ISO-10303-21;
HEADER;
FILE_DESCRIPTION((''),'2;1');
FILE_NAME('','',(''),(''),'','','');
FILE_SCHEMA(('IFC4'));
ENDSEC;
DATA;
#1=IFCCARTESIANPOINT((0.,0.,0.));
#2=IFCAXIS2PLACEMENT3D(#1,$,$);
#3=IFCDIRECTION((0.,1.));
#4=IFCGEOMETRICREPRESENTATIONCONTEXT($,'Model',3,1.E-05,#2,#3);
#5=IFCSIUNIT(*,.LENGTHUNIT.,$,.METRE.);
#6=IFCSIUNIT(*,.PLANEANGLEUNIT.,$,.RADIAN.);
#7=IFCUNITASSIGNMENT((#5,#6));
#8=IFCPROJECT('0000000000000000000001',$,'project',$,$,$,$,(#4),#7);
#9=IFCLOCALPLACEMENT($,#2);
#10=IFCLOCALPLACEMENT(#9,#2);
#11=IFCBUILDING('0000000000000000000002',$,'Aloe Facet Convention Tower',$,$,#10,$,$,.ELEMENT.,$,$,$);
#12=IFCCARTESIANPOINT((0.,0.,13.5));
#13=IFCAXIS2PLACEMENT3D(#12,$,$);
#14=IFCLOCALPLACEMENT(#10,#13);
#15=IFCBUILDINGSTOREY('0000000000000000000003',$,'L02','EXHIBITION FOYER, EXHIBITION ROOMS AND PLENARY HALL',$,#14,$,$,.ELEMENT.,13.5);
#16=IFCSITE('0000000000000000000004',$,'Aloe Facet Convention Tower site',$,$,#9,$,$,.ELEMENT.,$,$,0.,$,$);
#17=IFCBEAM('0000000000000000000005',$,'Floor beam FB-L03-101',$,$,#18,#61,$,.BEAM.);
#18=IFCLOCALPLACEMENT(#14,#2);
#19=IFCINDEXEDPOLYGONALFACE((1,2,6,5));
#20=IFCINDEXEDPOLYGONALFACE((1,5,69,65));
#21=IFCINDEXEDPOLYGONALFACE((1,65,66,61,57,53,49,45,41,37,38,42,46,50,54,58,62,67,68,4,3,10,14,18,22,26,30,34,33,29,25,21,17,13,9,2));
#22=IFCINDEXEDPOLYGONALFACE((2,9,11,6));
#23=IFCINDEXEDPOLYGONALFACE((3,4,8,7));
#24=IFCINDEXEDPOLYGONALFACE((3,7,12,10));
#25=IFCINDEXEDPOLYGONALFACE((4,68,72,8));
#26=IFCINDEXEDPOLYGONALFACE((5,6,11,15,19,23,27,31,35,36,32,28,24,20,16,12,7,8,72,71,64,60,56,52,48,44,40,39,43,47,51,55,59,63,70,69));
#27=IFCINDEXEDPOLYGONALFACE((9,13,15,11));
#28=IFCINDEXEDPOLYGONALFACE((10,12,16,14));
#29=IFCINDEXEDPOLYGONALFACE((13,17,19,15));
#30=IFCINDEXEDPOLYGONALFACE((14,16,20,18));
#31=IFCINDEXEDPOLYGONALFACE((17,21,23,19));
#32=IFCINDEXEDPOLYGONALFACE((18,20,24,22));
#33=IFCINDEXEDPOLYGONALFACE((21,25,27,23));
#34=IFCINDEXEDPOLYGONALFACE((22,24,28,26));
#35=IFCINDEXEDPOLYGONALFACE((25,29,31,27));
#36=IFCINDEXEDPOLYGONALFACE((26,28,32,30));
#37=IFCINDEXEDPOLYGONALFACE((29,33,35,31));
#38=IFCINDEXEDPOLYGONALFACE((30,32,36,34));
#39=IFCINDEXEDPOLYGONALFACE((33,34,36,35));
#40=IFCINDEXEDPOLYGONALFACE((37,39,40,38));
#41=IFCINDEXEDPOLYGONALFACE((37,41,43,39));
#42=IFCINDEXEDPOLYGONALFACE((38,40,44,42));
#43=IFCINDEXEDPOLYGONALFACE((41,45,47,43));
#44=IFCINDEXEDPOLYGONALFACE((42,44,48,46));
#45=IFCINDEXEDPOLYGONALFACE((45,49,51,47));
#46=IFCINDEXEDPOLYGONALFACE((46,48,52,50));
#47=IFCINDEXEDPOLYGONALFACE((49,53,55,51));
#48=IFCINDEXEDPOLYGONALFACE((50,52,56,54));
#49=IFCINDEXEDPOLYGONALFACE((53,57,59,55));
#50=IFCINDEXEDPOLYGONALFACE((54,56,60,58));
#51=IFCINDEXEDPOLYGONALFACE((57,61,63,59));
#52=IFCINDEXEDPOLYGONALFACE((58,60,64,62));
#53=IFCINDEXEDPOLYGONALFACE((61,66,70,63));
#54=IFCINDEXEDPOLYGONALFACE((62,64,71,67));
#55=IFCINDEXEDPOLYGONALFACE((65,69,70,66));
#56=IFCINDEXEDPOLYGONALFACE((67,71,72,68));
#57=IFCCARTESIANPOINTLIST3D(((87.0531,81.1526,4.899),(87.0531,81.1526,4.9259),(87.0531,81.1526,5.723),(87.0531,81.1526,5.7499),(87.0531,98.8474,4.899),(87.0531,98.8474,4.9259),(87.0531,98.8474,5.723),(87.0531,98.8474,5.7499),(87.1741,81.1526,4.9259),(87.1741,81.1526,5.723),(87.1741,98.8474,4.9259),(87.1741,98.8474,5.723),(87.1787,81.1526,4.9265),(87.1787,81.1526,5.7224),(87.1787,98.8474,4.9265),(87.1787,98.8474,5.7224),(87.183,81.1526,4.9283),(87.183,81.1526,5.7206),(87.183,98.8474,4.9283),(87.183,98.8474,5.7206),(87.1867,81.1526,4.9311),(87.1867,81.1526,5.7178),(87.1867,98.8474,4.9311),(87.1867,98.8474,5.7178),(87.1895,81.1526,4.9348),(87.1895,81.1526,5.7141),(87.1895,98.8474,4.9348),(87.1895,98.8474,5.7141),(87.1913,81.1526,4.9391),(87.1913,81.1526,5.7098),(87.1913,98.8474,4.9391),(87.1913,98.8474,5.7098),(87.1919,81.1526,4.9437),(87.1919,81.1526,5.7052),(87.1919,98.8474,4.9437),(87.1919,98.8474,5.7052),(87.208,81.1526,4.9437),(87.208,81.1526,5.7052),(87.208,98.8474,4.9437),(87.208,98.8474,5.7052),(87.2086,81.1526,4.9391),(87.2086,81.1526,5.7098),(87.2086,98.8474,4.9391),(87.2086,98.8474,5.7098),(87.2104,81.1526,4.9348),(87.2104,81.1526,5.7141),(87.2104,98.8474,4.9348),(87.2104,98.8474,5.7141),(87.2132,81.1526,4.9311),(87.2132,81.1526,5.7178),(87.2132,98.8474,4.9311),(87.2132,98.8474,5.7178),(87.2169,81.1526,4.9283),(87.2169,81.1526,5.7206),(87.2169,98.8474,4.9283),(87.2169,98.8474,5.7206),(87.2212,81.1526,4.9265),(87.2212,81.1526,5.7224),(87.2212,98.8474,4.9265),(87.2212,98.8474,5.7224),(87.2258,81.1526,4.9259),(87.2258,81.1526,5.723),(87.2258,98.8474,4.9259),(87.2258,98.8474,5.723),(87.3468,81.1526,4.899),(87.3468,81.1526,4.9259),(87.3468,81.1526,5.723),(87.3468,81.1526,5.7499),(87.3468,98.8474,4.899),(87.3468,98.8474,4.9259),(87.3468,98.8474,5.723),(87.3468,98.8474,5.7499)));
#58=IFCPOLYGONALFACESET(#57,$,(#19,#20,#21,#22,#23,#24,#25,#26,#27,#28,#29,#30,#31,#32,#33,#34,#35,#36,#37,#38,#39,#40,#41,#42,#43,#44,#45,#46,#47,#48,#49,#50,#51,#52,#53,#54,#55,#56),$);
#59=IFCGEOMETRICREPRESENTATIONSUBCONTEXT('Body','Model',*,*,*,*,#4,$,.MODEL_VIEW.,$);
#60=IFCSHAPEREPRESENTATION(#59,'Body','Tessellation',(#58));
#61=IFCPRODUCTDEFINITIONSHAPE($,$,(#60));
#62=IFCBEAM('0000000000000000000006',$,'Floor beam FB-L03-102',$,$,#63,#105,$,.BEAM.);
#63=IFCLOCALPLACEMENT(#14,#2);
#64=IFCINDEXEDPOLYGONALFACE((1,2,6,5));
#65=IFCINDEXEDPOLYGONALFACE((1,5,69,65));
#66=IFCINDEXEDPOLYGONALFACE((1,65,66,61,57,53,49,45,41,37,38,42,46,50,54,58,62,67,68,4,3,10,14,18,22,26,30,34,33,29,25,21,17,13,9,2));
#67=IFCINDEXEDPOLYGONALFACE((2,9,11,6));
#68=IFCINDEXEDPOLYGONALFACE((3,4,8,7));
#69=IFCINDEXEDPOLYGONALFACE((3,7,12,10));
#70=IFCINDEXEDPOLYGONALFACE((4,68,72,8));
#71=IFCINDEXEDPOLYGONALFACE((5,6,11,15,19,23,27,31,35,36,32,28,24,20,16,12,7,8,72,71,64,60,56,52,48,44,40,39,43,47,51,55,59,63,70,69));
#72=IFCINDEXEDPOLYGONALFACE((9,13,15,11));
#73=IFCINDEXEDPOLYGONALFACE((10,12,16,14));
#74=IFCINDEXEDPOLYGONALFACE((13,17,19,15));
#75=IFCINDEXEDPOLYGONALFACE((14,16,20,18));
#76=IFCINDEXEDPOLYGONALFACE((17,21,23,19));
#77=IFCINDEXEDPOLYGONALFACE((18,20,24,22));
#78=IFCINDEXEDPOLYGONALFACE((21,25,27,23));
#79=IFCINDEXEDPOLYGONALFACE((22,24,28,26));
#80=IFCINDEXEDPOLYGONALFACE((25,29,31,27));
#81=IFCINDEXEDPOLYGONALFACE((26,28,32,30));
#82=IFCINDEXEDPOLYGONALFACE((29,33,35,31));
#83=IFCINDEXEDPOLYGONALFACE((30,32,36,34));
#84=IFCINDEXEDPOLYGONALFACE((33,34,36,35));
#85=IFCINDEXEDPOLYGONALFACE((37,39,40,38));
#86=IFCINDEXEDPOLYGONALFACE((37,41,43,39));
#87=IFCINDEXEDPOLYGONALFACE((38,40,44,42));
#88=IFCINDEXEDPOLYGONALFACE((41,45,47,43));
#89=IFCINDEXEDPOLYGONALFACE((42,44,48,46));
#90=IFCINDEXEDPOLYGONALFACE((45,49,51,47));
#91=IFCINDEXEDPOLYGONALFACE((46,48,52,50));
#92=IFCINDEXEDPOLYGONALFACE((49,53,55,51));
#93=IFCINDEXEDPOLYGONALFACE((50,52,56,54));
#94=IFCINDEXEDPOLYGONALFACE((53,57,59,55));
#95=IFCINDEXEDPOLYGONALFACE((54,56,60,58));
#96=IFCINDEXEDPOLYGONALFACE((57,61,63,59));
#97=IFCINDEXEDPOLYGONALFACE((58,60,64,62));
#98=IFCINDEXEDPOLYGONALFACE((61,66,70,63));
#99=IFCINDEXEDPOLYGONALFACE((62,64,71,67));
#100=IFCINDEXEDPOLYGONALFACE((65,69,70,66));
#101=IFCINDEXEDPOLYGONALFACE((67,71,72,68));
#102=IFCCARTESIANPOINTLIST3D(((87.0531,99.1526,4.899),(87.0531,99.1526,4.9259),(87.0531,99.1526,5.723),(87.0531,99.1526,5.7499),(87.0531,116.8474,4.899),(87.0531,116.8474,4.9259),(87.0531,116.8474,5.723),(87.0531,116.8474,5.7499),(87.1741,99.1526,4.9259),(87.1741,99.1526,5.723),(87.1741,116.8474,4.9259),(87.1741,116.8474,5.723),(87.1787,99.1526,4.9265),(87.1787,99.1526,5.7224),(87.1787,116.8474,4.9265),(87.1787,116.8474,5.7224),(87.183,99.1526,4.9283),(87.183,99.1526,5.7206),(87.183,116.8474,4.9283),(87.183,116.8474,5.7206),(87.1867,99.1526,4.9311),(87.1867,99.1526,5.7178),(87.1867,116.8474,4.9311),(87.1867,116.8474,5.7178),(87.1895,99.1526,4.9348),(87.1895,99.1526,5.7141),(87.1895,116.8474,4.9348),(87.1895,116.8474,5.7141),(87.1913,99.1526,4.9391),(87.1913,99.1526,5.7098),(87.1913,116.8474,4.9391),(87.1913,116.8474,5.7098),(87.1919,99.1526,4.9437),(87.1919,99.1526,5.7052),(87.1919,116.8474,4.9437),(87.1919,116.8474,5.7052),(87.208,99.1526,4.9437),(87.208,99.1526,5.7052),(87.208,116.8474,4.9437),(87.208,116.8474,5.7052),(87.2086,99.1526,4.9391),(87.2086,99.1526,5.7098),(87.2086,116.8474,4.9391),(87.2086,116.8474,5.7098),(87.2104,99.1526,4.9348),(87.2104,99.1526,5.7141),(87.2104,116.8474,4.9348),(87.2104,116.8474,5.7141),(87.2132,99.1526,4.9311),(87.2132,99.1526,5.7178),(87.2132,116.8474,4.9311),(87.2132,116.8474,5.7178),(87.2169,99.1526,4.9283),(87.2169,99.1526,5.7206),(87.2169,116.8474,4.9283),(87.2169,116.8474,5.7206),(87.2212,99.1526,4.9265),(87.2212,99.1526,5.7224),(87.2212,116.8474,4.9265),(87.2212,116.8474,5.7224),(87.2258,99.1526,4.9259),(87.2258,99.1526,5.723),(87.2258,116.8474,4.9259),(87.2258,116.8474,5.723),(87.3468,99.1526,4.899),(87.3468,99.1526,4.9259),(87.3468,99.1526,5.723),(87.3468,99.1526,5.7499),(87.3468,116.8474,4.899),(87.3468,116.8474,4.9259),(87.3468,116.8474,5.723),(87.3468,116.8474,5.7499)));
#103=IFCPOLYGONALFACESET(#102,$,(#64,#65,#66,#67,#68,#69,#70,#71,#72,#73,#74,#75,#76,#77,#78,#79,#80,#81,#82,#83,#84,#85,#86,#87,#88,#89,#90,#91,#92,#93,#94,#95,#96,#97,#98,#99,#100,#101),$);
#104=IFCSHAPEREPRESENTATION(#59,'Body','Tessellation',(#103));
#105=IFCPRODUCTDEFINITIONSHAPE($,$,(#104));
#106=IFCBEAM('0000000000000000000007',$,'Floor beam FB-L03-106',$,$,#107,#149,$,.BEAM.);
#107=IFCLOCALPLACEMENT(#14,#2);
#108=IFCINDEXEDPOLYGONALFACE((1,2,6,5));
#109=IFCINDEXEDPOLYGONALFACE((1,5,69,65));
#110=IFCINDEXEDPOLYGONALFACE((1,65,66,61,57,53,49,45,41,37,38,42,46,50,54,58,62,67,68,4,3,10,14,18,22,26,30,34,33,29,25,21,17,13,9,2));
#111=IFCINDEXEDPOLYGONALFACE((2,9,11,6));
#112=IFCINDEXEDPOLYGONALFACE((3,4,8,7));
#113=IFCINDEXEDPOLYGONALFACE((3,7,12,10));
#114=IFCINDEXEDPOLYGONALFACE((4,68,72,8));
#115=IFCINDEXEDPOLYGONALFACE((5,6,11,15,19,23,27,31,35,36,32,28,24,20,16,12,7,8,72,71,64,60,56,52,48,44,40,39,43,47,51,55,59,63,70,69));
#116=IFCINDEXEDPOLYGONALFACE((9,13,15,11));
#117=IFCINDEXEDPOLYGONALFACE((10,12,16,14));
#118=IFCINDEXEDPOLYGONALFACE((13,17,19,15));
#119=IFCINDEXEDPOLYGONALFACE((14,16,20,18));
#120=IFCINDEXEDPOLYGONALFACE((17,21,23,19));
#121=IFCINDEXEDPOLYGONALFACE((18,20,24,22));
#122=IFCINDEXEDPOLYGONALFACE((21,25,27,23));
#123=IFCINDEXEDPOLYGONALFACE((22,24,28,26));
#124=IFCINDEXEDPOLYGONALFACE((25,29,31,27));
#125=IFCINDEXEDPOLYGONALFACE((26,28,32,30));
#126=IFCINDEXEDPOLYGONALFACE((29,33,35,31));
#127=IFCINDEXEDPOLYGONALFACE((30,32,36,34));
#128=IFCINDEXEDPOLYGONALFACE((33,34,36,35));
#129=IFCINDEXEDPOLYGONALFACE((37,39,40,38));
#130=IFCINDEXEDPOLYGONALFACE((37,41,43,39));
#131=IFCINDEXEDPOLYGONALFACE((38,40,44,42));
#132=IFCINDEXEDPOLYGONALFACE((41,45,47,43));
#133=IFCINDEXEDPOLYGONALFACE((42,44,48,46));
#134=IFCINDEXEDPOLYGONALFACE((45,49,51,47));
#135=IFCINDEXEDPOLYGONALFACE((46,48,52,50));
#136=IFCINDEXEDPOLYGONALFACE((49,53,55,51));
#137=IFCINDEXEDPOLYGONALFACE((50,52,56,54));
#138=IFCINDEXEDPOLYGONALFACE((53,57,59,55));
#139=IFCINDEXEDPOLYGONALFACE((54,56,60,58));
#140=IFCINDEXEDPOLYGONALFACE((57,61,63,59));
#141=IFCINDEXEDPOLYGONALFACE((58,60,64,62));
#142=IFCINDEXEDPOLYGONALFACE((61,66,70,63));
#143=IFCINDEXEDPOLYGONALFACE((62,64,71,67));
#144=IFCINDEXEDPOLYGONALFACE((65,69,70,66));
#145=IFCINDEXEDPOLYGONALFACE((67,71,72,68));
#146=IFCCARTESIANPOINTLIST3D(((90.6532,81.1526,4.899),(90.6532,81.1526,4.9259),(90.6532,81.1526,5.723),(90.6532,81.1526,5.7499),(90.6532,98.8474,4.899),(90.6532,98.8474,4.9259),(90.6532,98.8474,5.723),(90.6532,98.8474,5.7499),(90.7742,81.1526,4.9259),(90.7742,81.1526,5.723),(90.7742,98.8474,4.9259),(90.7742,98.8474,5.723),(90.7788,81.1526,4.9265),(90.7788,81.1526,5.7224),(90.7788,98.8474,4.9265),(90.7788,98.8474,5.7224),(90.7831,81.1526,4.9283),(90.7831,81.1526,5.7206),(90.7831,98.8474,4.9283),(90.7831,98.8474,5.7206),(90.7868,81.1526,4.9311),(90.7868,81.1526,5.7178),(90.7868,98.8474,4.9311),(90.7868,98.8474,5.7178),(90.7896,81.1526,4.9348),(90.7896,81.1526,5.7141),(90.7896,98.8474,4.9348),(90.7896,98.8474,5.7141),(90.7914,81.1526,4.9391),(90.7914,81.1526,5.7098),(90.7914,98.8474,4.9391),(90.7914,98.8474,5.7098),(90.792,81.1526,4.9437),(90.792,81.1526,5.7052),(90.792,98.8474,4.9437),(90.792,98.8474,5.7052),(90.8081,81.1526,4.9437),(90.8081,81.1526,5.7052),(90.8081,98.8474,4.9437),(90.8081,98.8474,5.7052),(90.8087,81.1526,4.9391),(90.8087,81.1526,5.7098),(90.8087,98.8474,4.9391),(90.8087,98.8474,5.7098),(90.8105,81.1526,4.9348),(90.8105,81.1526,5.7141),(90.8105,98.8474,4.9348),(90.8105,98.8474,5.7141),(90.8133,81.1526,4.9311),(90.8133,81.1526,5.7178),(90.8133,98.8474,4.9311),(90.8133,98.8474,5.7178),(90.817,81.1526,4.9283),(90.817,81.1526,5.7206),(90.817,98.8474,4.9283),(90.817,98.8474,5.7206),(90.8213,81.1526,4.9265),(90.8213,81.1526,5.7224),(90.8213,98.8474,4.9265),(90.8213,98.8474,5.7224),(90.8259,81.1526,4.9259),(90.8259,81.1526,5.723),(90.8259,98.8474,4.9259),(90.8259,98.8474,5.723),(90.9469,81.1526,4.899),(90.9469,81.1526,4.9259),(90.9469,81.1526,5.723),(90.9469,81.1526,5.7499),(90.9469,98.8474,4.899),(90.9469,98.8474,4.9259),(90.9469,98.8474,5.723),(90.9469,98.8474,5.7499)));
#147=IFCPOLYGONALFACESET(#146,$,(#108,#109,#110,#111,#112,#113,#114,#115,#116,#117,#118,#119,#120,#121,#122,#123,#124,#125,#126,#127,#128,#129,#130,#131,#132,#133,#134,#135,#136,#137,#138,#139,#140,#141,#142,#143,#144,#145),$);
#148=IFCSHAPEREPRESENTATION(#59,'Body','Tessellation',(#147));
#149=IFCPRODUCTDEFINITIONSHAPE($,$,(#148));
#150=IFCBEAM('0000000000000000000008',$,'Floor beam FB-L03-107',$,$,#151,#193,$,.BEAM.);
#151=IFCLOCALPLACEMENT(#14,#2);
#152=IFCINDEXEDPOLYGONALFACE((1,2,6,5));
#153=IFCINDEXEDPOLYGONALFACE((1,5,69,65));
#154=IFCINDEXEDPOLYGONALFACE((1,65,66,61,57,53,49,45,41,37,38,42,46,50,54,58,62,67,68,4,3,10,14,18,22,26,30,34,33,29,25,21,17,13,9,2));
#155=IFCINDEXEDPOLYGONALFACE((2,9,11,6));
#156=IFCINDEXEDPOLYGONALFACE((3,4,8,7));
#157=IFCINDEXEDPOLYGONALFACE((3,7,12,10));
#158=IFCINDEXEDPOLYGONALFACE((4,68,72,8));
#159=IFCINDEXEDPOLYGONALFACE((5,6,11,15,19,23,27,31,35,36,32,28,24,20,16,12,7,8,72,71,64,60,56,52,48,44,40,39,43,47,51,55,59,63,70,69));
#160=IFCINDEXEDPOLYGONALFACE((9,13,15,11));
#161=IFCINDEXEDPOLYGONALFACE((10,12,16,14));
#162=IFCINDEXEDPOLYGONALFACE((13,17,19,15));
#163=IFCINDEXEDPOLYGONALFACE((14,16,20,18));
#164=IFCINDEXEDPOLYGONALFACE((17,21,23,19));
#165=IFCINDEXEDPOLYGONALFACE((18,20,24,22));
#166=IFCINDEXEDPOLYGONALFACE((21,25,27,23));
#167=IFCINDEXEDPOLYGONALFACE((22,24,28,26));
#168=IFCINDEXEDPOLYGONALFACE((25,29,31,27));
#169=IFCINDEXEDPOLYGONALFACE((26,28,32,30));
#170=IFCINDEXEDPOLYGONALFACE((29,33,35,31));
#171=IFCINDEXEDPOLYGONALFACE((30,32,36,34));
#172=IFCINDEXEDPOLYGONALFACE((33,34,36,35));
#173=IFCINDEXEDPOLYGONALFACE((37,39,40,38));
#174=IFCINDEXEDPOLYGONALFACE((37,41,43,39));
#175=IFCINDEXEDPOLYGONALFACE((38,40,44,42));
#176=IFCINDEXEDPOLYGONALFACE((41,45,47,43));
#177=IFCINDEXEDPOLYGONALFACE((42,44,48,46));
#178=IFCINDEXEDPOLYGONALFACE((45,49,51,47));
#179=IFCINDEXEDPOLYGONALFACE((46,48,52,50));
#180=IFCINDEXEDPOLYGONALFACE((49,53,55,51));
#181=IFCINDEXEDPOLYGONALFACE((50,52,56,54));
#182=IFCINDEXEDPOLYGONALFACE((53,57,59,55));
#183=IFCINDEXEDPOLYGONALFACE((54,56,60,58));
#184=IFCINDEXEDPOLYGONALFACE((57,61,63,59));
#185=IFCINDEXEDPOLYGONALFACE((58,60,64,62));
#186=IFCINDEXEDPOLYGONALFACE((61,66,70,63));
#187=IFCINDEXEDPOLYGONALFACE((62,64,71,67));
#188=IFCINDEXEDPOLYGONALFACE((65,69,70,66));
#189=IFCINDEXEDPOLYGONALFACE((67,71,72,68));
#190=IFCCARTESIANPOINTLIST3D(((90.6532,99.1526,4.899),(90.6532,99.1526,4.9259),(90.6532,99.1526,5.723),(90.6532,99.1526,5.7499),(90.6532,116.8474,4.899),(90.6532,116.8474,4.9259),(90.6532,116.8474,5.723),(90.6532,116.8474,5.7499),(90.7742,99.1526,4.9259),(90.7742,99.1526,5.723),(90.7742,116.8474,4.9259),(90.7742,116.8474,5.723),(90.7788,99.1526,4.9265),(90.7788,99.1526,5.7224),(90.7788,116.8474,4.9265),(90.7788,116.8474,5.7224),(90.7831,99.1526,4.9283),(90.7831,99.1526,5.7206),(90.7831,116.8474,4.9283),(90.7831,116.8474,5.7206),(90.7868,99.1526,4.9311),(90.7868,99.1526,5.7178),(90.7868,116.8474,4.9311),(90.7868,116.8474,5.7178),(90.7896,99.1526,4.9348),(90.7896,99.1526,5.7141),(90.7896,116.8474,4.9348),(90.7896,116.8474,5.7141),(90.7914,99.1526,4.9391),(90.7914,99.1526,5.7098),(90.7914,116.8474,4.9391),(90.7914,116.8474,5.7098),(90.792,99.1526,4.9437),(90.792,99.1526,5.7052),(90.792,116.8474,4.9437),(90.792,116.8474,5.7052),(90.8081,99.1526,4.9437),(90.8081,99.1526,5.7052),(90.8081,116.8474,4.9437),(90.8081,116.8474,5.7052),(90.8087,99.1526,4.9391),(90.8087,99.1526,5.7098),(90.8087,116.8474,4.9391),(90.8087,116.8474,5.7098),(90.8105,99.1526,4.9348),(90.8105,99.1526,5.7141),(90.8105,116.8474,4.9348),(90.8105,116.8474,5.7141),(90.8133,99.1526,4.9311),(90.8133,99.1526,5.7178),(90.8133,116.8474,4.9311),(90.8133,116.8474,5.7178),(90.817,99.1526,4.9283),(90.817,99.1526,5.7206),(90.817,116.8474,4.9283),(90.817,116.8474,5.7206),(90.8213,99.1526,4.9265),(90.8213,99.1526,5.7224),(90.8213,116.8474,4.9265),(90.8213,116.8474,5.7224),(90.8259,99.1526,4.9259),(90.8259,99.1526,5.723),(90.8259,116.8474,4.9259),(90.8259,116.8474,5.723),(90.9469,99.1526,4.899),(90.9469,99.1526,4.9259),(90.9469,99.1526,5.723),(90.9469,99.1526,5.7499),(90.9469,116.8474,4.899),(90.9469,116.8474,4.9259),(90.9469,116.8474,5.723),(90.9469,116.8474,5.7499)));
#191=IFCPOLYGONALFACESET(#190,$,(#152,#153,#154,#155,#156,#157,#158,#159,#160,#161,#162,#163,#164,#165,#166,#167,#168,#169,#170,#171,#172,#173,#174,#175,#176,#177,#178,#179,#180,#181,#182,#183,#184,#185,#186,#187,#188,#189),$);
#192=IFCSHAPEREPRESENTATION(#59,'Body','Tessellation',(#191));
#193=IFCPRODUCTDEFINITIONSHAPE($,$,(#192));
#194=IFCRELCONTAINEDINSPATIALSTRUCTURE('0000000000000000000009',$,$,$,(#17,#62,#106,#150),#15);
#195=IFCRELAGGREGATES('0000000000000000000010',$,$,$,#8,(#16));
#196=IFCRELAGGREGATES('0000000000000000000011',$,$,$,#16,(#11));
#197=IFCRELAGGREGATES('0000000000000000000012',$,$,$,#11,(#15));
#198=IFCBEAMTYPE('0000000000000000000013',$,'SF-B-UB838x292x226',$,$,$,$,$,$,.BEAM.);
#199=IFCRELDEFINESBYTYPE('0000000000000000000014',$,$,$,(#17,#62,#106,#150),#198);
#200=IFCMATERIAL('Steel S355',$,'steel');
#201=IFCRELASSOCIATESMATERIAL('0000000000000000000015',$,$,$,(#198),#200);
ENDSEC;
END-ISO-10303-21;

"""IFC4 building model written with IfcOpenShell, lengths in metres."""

from ifc_helpers import new_model, si_unit, direction, frame, origin, origin_2d, place, context, subcontext, project, spatial, i_section, extrude, material, material_profile, profile_set, type_object, element, save


model = new_model("IFC4")

# Units and contexts
model_context = context("Model", 3, precision=1e-05, world=origin(), true_north=direction((0.0, 1.0)))
body_context = subcontext(model_context, "Body", "Model", "MODEL_VIEW")
ifc_project = project(units=[si_unit("LENGTHUNIT", "METRE"), si_unit("PLANEANGLEUNIT", "RADIAN")], contexts=[model_context])

# Site, building, storey
site_placement = place(None, origin())
site = spatial("IfcSite", under=ifc_project, at=site_placement, Name="Aloe Facet Convention Tower site", CompositionType="ELEMENT", RefElevation=0.0)
building_placement = place(site_placement, origin())
building = spatial("IfcBuilding", under=site, at=building_placement, Name="Aloe Facet Convention Tower", CompositionType="ELEMENT")
storey_placement = place(building_placement, frame((0.0, 0.0, 13.5)))
storey = spatial("IfcBuildingStorey", under=building, at=storey_placement, Name="L02", Description="EXHIBITION FOYER, EXHIBITION ROOMS AND PLENARY HALL", CompositionType="ELEMENT", Elevation=13.5)

# Beams
ifc_material_1 = material(Name="Steel S355", Category="steel")
ifc_material_profile_1 = material_profile(ifc_material_1, i_section(OverallWidth=0.2937, OverallDepth=0.8508, WebThickness=0.0161, FlangeThickness=0.0269, FilletRadius=0.0178, at=origin_2d()), Name="UB 838x292x226")
ifc_profile_set_1 = profile_set([ifc_material_profile_1], Name="Steel S355")
beam_type_1 = type_object("IfcBeamType", Name="SF-B-UB838x292x226", PredefinedType="BEAM", material=ifc_profile_set_1)
for number, where, z_axis, x_axis, name in (
    (1, (87.2, 81.1526, 5.3245), (0.0, 1.0, 0.0), (-1.0, 0.0, 0.0), "Floor beam FB-L03-101"),
    (2, (87.2, 99.1526, 5.3245), (0.0, 1.0, 0.0), (-1.0, 0.0, 0.0), "Floor beam FB-L03-102"),
    (3, (90.8, 81.1526, 5.3245), (0.0, 1.0, 0.0), (-1.0, 0.0, 0.0), "Floor beam FB-L03-106"),
    (4, (90.8, 99.1526, 5.3245), (0.0, 1.0, 0.0), (-1.0, 0.0, 0.0), "Floor beam FB-L03-107"),
):
    element("IfcBeam", number, at=place(storey_placement, frame(where, z_axis=z_axis, x_axis=x_axis)), inside=storey, type_object=beam_type_1, Name=name, PredefinedType="BEAM", context=body_context, shape_type="SweptSolid", body=[
        extrude(i_section(OverallWidth=0.2937, OverallDepth=0.8508, WebThickness=0.0161, FlangeThickness=0.0269, FilletRadius=0.0178, at=origin_2d()), origin(), (0.0, 0.0, 1.0), 17.6948),
    ])

save(model, "model.ifc")
